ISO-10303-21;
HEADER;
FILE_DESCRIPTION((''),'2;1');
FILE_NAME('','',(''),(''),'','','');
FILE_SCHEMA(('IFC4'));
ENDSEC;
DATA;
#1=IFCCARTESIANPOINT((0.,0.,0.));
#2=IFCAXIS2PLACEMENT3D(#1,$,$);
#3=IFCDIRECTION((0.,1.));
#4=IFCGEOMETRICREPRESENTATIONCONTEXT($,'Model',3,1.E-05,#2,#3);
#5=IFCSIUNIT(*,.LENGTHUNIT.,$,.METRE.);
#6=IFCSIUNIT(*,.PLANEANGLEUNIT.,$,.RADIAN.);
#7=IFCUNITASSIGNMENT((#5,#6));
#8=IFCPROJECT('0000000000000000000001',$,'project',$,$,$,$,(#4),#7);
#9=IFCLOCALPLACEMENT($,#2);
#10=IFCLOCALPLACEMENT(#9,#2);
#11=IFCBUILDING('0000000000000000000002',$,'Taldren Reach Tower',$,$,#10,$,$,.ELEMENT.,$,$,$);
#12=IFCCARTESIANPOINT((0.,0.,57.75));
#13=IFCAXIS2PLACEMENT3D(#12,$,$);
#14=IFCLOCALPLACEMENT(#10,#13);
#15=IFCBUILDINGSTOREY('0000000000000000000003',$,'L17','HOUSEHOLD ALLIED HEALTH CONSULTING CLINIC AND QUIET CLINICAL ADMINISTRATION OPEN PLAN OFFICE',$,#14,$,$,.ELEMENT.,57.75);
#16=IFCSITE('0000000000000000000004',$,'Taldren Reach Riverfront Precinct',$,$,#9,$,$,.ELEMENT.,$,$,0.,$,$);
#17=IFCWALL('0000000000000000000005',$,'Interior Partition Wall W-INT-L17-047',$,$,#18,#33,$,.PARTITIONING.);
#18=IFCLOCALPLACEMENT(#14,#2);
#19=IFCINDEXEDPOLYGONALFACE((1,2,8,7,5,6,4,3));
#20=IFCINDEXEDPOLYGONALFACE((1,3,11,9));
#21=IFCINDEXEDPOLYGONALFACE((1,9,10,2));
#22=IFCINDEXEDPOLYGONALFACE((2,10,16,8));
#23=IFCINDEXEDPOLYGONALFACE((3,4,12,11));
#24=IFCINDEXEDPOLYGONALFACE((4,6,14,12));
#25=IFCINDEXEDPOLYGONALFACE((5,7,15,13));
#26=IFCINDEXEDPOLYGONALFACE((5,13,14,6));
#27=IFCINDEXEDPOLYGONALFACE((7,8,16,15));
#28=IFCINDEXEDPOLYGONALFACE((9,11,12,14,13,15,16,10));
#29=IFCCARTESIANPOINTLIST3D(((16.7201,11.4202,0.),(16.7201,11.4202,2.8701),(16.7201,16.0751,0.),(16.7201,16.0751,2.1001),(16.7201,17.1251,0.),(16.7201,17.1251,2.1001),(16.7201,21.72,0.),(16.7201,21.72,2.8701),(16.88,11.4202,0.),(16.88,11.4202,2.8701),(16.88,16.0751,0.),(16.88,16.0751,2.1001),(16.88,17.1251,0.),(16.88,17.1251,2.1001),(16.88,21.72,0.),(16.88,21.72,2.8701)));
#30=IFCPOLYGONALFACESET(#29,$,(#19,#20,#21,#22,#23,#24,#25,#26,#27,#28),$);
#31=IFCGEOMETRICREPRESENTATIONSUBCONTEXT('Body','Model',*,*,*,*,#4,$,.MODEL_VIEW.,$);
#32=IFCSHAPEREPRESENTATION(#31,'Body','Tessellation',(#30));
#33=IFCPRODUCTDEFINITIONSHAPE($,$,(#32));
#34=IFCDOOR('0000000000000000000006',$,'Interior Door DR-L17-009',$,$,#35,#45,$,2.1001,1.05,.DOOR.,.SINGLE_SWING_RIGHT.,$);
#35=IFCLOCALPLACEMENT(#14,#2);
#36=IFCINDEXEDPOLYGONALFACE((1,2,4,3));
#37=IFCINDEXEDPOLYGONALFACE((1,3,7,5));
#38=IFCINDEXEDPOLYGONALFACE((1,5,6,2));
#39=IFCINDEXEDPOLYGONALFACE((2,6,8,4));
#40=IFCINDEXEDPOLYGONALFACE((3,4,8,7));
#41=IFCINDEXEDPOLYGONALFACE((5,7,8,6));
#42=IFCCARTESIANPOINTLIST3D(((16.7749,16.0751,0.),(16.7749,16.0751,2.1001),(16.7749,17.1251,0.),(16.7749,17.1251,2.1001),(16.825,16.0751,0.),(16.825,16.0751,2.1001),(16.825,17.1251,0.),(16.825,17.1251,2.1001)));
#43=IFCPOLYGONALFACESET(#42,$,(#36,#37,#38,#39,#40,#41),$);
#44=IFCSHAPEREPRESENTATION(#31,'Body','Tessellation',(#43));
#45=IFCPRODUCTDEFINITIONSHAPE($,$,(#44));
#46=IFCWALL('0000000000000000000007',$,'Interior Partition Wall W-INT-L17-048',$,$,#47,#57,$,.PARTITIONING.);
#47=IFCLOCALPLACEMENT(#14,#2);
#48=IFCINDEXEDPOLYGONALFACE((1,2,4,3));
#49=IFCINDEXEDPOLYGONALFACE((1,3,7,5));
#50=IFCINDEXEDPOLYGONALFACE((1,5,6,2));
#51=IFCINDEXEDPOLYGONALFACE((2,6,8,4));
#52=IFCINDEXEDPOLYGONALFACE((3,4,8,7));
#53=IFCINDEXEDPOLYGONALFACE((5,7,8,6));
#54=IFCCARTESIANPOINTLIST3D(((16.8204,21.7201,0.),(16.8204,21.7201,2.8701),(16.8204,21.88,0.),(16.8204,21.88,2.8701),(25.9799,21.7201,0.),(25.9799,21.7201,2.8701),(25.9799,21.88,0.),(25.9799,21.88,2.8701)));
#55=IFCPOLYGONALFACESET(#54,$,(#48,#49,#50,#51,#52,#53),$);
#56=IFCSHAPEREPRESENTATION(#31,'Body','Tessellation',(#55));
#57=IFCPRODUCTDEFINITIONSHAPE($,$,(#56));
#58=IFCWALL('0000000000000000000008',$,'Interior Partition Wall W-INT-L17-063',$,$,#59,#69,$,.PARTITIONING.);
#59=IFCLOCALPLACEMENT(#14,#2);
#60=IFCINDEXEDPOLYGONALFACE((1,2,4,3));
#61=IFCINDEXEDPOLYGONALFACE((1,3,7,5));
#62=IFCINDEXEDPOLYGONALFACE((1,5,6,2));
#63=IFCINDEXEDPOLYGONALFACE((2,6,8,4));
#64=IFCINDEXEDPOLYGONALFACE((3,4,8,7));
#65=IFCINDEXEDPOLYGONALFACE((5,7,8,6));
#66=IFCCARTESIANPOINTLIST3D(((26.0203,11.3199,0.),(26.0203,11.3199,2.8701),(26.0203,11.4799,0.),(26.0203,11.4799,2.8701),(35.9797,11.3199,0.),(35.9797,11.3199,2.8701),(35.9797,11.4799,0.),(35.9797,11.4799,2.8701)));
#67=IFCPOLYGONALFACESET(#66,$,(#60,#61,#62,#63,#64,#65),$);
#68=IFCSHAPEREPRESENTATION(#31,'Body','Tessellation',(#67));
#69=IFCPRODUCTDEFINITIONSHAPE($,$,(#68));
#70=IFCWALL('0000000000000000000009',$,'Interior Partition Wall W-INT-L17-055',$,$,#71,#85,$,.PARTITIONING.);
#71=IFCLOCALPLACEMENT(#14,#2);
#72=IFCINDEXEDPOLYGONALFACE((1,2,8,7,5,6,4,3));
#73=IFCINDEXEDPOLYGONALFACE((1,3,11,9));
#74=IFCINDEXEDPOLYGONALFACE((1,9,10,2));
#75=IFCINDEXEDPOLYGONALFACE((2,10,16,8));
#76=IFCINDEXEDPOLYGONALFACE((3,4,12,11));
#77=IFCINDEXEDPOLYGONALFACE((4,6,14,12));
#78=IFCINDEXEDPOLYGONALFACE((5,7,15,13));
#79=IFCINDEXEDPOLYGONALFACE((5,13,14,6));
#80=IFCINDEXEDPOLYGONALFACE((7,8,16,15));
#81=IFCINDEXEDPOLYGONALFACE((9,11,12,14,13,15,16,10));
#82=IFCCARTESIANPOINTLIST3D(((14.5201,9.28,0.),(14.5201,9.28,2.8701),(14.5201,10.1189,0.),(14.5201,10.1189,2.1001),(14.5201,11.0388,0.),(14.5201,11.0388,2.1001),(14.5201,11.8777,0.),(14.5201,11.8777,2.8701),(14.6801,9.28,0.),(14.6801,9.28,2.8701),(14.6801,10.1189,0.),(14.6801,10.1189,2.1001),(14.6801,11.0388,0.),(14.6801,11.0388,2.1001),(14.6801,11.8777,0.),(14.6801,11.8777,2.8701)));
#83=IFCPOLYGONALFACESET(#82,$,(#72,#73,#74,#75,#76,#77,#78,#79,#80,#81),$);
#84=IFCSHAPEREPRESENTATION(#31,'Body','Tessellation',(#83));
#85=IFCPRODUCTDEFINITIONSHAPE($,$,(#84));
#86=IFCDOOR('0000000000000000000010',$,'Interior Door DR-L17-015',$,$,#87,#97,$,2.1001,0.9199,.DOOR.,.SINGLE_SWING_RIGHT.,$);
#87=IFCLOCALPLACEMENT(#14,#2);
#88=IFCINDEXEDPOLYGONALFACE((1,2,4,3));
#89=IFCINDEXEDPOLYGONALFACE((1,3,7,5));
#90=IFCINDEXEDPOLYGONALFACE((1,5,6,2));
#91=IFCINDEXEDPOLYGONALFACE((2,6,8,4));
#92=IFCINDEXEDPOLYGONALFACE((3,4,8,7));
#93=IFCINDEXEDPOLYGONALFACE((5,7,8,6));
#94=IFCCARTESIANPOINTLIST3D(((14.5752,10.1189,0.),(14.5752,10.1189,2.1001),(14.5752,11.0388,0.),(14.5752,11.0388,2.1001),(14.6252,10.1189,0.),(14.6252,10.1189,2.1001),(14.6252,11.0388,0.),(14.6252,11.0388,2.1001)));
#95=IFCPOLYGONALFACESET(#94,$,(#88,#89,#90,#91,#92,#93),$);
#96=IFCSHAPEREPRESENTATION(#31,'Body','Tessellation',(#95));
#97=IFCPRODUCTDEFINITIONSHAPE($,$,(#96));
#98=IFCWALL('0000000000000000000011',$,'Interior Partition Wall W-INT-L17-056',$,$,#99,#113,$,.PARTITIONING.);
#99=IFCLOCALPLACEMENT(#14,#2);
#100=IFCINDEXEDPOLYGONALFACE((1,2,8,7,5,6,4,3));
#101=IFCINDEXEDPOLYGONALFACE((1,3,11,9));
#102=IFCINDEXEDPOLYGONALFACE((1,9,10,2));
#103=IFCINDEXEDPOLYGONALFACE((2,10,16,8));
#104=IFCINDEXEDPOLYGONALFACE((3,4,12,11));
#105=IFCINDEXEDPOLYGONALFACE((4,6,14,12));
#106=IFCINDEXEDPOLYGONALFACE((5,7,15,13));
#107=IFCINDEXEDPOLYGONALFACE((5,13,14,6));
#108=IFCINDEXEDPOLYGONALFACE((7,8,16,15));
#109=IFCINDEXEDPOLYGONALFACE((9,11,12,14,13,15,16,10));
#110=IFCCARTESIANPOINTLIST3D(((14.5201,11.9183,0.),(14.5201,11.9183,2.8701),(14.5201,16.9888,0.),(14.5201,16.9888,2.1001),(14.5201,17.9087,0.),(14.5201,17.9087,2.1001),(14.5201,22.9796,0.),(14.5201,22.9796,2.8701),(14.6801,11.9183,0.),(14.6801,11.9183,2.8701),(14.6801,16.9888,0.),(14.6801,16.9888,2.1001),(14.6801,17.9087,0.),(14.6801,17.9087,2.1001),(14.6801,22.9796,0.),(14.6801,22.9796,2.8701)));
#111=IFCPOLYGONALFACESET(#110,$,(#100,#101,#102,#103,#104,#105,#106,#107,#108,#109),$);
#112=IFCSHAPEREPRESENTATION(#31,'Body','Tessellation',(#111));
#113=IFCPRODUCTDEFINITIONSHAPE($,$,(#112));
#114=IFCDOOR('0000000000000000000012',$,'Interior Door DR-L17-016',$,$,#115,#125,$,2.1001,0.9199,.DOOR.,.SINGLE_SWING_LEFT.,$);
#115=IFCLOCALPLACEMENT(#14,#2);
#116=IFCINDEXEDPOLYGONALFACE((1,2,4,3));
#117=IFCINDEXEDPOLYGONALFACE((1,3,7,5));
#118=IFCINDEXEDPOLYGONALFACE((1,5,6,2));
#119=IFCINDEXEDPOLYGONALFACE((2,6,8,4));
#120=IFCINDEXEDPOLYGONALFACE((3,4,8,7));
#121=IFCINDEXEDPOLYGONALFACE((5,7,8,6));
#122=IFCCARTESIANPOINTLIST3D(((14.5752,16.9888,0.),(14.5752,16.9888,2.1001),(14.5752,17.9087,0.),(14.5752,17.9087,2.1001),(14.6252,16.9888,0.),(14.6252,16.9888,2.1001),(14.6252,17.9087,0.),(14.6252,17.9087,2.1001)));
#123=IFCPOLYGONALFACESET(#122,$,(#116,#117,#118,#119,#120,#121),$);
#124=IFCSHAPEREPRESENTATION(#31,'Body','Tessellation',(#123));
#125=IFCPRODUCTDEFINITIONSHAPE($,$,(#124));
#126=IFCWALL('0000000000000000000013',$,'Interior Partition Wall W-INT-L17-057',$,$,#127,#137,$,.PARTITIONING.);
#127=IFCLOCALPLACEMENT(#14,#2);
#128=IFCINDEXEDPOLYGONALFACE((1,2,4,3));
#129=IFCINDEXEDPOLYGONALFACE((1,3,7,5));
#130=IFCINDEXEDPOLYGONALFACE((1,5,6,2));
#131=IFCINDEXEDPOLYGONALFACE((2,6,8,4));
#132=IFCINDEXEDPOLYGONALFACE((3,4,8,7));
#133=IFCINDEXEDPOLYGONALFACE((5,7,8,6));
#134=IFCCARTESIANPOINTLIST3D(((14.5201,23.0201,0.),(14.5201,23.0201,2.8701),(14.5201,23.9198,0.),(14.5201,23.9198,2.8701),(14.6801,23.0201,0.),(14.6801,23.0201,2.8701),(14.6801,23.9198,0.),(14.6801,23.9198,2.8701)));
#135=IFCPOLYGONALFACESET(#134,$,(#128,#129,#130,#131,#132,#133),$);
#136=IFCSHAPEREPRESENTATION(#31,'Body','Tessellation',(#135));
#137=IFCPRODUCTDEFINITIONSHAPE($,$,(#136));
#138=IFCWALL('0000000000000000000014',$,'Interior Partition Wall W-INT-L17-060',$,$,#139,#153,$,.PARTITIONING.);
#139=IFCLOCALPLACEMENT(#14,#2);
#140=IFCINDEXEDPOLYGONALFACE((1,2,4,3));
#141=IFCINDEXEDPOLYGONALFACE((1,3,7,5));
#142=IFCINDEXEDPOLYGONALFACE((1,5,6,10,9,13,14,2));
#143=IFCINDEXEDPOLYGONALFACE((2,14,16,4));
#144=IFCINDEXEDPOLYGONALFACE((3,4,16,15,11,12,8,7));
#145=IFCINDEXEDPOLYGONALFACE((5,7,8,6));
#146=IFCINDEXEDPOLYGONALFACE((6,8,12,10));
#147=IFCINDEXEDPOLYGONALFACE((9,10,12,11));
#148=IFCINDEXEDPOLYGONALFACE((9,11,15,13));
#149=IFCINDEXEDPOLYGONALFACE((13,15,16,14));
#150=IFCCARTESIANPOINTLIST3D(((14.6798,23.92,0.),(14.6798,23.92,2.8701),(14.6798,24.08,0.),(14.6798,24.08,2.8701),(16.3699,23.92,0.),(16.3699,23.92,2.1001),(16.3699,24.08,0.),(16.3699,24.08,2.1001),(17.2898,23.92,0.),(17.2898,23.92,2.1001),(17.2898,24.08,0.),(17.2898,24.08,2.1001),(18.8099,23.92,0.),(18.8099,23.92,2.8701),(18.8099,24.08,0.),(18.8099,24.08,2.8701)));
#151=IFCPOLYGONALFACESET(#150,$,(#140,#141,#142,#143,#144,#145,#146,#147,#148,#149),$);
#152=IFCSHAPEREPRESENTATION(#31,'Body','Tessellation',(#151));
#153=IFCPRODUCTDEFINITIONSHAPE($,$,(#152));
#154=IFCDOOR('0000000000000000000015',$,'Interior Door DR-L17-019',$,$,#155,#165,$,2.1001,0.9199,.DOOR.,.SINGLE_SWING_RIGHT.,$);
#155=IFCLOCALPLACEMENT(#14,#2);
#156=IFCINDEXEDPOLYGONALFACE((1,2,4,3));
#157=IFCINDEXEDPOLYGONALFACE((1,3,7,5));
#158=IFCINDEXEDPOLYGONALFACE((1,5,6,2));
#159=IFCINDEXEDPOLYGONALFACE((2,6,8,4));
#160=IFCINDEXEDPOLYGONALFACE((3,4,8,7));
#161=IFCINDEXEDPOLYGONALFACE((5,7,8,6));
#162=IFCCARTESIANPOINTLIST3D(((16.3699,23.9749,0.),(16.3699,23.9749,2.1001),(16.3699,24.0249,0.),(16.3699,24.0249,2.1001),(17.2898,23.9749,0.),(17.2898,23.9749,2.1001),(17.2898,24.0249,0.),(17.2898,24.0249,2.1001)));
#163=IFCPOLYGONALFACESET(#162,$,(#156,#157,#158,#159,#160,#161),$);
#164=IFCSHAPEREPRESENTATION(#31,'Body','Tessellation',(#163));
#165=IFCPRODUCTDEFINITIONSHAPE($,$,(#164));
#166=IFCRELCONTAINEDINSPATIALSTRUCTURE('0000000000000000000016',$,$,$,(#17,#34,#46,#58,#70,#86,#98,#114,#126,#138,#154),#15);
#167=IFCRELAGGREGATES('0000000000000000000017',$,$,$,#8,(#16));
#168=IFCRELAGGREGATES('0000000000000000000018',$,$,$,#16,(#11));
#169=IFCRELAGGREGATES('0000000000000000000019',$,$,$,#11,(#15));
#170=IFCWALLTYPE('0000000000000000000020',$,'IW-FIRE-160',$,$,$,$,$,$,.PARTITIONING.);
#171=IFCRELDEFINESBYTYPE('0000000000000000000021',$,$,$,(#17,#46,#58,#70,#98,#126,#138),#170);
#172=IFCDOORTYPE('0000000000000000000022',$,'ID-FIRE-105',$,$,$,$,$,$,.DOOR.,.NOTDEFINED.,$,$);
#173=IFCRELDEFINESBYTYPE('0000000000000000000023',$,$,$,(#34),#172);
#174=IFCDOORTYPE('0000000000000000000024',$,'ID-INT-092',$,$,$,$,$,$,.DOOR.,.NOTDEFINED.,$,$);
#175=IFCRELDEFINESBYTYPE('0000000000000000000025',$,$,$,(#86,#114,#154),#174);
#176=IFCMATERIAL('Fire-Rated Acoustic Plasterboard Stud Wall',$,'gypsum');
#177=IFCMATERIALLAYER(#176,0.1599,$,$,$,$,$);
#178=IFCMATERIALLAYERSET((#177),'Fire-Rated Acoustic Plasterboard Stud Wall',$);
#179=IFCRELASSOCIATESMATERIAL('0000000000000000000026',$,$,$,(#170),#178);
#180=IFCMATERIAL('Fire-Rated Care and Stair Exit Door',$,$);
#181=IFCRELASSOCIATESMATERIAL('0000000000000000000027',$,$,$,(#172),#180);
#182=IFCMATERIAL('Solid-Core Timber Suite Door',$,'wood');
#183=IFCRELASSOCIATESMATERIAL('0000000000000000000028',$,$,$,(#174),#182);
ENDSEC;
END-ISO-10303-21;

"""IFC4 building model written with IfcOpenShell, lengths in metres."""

from ifc_helpers import new_model, si_unit, direction, frame, frame_2d, origin, place, context, subcontext, project, spatial, rectangle, extrude, source, transform, mapped, material, layer, layer_set, type_object, element, fill, save


model = new_model("IFC4")

# Units and contexts
model_context = context("Model", 3, precision=1e-05, world=origin(), true_north=direction((0.0, 1.0)))
body_context = subcontext(model_context, "Body", "Model", "MODEL_VIEW")
ifc_project = project(units=[si_unit("LENGTHUNIT", "METRE"), si_unit("PLANEANGLEUNIT", "RADIAN")], contexts=[model_context])

# Site, building, storey
site_placement = place(None, origin())
site = spatial("IfcSite", under=ifc_project, at=site_placement, Name="Taldren Reach Riverfront Precinct", CompositionType="ELEMENT", RefElevation=0.0)
building_placement = place(site_placement, origin())
building = spatial("IfcBuilding", under=site, at=building_placement, Name="Taldren Reach Tower", CompositionType="ELEMENT")
storey_placement = place(building_placement, frame((0.0, 0.0, 57.75)))
storey = spatial("IfcBuildingStorey", under=building, at=storey_placement, Name="L17", Description="HOUSEHOLD ALLIED HEALTH CONSULTING CLINIC AND QUIET CLINICAL ADMINISTRATION OPEN PLAN OFFICE", CompositionType="ELEMENT", Elevation=57.75)

# Wall, opening, door
ifc_material_1 = material(Name="Fire-Rated Acoustic Plasterboard Stud Wall", Category="gypsum")
ifc_layer_1 = layer(ifc_material_1, 0.1599)
ifc_layer_set_1 = layer_set([ifc_layer_1], Name="Fire-Rated Acoustic Plasterboard Stud Wall")
wall_type_1 = type_object("IfcWallType", Name="IW-FIRE-160", PredefinedType="PARTITIONING", material=ifc_layer_set_1)
shared_shape_1 = source(origin(), body_context, "Body", "SweptSolid", [
    extrude(rectangle(XDim=10.2998, YDim=0.1599, at=frame_2d((5.1499, 0.0))), origin(), (0.0, 0.0, 1.0), 2.8701),
])
wall_1_placement = place(storey_placement, frame((16.8, 21.72, 0.0), z_axis=(0.0, 0.0, 1.0), x_axis=(0.0, -1.0, 0.0)))
wall_1 = element("IfcWall", 1, at=wall_1_placement, inside=storey, type_object=wall_type_1, Name="Interior Partition Wall W-INT-L17-047", PredefinedType="PARTITIONING", context=body_context, shape_type="MappedRepresentation", body=[
    mapped(shared_shape_1, transform((0.0, 0.0, 0.0), scale=1.0)),
])
shared_shape_2 = source(origin(), body_context, "Body", "SweptSolid", [
    extrude(rectangle(XDim=1.05, YDim=2.1001, at=frame_2d((0.5249, 1.05))), frame((0.0, 0.0898, 0.0), z_axis=(0.0, -1.0, 0.0), x_axis=(1.0, 0.0, 0.0)), (0.0, 0.0, 1.0), 0.1799),
])
opening_1_placement = place(wall_1_placement, frame((4.595, 0.0, 0.0)))
opening_1 = element("IfcOpeningElement", 2, at=opening_1_placement, cuts=wall_1, PredefinedType="OPENING", context=body_context, shape_type="MappedRepresentation", body=[
    mapped(shared_shape_2, transform((0.0, 0.0, 0.0), scale=1.0)),
])
ifc_material_2 = material(Name="Fire-Rated Care and Stair Exit Door")
door_type_1 = type_object("IfcDoorType", Name="ID-FIRE-105", OperationType="NOTDEFINED", PredefinedType="DOOR", material=ifc_material_2)
shared_shape_3 = source(origin(), body_context, "Body", "SweptSolid", [
    extrude(rectangle(XDim=1.05, YDim=2.1001, at=frame_2d((0.5249, 1.05))), frame((0.0, 0.0249, 0.0), z_axis=(0.0, -1.0, 0.0), x_axis=(1.0, 0.0, 0.0)), (0.0, 0.0, 1.0), 0.05),
])
door_1_placement = place(opening_1_placement, origin())
door_1 = element("IfcDoor", 3, at=door_1_placement, inside=storey, type_object=door_type_1, Name="Interior Door DR-L17-009", OperationType="SINGLE_SWING_RIGHT", OverallHeight=2.1001, OverallWidth=1.05, PredefinedType="DOOR", context=body_context, shape_type="MappedRepresentation", body=[
    mapped(shared_shape_3, transform((0.0, 0.0, 0.0), scale=1.0)),
])
fill(opening_1, door_1)

# Walls
shared_shape_4 = source(origin(), body_context, "Body", "SweptSolid", [
    extrude(rectangle(XDim=9.1594, YDim=0.1599, at=frame_2d((4.5796, 0.0))), origin(), (0.0, 0.0, 1.0), 2.8701),
])
wall_2_placement = place(storey_placement, frame((25.9797, 21.8, 0.0), z_axis=(0.0, 0.0, 1.0), x_axis=(-1.0, 0.0, 0.0)))
element("IfcWall", 4, at=wall_2_placement, inside=storey, type_object=wall_type_1, Name="Interior Partition Wall W-INT-L17-048", PredefinedType="PARTITIONING", context=body_context, shape_type="MappedRepresentation", body=[
    mapped(shared_shape_4, transform((0.0, 0.0, 0.0), scale=1.0)),
])
shared_shape_5 = source(origin(), body_context, "Body", "SweptSolid", [
    extrude(rectangle(XDim=9.9595, YDim=0.1599, at=frame_2d((4.9797, 0.0))), origin(), (0.0, 0.0, 1.0), 2.8701),
])
wall_3_placement = place(storey_placement, frame((26.0203, 11.3999, 0.0), z_axis=(0.0, 0.0, 1.0), x_axis=(1.0, 0.0, 0.0)))
element("IfcWall", 5, at=wall_3_placement, inside=storey, type_object=wall_type_1, Name="Interior Partition Wall W-INT-L17-063", PredefinedType="PARTITIONING", context=body_context, shape_type="MappedRepresentation", body=[
    mapped(shared_shape_5, transform((0.0, 0.0, 0.0), scale=1.0)),
])

# Walls, openings, doors
shared_shape_6 = source(origin(), body_context, "Body", "SweptSolid", [
    extrude(rectangle(XDim=2.5977, YDim=0.1599, at=frame_2d((1.2988, 0.0))), origin(), (0.0, 0.0, 1.0), 2.8701),
])
wall_4_placement = place(storey_placement, frame((14.6001, 9.28, 0.0), z_axis=(0.0, 0.0, 1.0), x_axis=(0.0, 1.0, 0.0)))
wall_4 = element("IfcWall", 6, at=wall_4_placement, inside=storey, type_object=wall_type_1, Name="Interior Partition Wall W-INT-L17-055", PredefinedType="PARTITIONING", context=body_context, shape_type="MappedRepresentation", body=[
    mapped(shared_shape_6, transform((0.0, 0.0, 0.0), scale=1.0)),
])
shared_shape_7 = source(origin(), body_context, "Body", "SweptSolid", [
    extrude(rectangle(XDim=0.9199, YDim=2.1001, at=frame_2d((0.46, 1.05))), frame((0.0, 0.0898, 0.0), z_axis=(0.0, -1.0, 0.0), x_axis=(1.0, 0.0, 0.0)), (0.0, 0.0, 1.0), 0.1799),
])
opening_2_placement = place(wall_4_placement, frame((0.8389, 0.0, 0.0)))
opening_2 = element("IfcOpeningElement", 7, at=opening_2_placement, cuts=wall_4, PredefinedType="OPENING", context=body_context, shape_type="MappedRepresentation", body=[
    mapped(shared_shape_7, transform((0.0, 0.0, 0.0), scale=1.0)),
])
ifc_material_3 = material(Name="Solid-Core Timber Suite Door", Category="wood")
door_type_2 = type_object("IfcDoorType", Name="ID-INT-092", OperationType="NOTDEFINED", PredefinedType="DOOR", material=ifc_material_3)
shared_shape_8 = source(origin(), body_context, "Body", "SweptSolid", [
    extrude(rectangle(XDim=0.9199, YDim=2.1001, at=frame_2d((0.46, 1.05))), frame((0.0, 0.0249, 0.0), z_axis=(0.0, -1.0, 0.0), x_axis=(1.0, 0.0, 0.0)), (0.0, 0.0, 1.0), 0.05),
])
door_2_placement = place(opening_2_placement, origin())
door_2 = element("IfcDoor", 8, at=door_2_placement, inside=storey, type_object=door_type_2, Name="Interior Door DR-L17-015", OperationType="SINGLE_SWING_RIGHT", OverallHeight=2.1001, OverallWidth=0.9199, PredefinedType="DOOR", context=body_context, shape_type="MappedRepresentation", body=[
    mapped(shared_shape_8, transform((0.0, 0.0, 0.0), scale=1.0)),
])
fill(opening_2, door_2)
shared_shape_9 = source(origin(), body_context, "Body", "SweptSolid", [
    extrude(rectangle(XDim=11.0613, YDim=0.1599, at=frame_2d((5.5308, 0.0))), origin(), (0.0, 0.0, 1.0), 2.8701),
])
wall_5_placement = place(storey_placement, frame((14.6001, 11.9182, 0.0), z_axis=(0.0, 0.0, 1.0), x_axis=(0.0, 1.0, 0.0)))
wall_5 = element("IfcWall", 9, at=wall_5_placement, inside=storey, type_object=wall_type_1, Name="Interior Partition Wall W-INT-L17-056", PredefinedType="PARTITIONING", context=body_context, shape_type="MappedRepresentation", body=[
    mapped(shared_shape_9, transform((0.0, 0.0, 0.0), scale=1.0)),
])
opening_3_placement = place(wall_5_placement, frame((5.0706, 0.0, 0.0)))
opening_3 = element("IfcOpeningElement", 10, at=opening_3_placement, cuts=wall_5, PredefinedType="OPENING", context=body_context, shape_type="MappedRepresentation", body=[
    mapped(shared_shape_7, transform((0.0, 0.0, 0.0), scale=1.0)),
])
door_3_placement = place(opening_3_placement, origin())
door_3 = element("IfcDoor", 11, at=door_3_placement, inside=storey, type_object=door_type_2, Name="Interior Door DR-L17-016", OperationType="SINGLE_SWING_LEFT", OverallHeight=2.1001, OverallWidth=0.9199, PredefinedType="DOOR", context=body_context, shape_type="MappedRepresentation", body=[
    mapped(shared_shape_8, transform((0.0, 0.0, 0.0), scale=1.0)),
])
fill(opening_3, door_3)

# Wall
shared_shape_10 = source(origin(), body_context, "Body", "SweptSolid", [
    extrude(rectangle(XDim=0.8997, YDim=0.1599, at=frame_2d((0.4497, 0.0))), origin(), (0.0, 0.0, 1.0), 2.8701),
])
wall_6_placement = place(storey_placement, frame((14.6001, 23.0203, 0.0), z_axis=(0.0, 0.0, 1.0), x_axis=(0.0, 1.0, 0.0)))
element("IfcWall", 12, at=wall_6_placement, inside=storey, type_object=wall_type_1, Name="Interior Partition Wall W-INT-L17-057", PredefinedType="PARTITIONING", context=body_context, shape_type="MappedRepresentation", body=[
    mapped(shared_shape_10, transform((0.0, 0.0, 0.0), scale=1.0)),
])

# Wall, opening, door
shared_shape_11 = source(origin(), body_context, "Body", "SweptSolid", [
    extrude(rectangle(XDim=4.1301, YDim=0.1599, at=frame_2d((2.0649, 0.0))), origin(), (0.0, 0.0, 1.0), 2.8701),
])
wall_7_placement = place(storey_placement, frame((14.6799, 24.0, 0.0), z_axis=(0.0, 0.0, 1.0), x_axis=(1.0, 0.0, 0.0)))
wall_7 = element("IfcWall", 13, at=wall_7_placement, inside=storey, type_object=wall_type_1, Name="Interior Partition Wall W-INT-L17-060", PredefinedType="PARTITIONING", context=body_context, shape_type="MappedRepresentation", body=[
    mapped(shared_shape_11, transform((0.0, 0.0, 0.0), scale=1.0)),
])
opening_4_placement = place(wall_7_placement, frame((1.6899, 0.0, 0.0)))
opening_4 = element("IfcOpeningElement", 14, at=opening_4_placement, cuts=wall_7, PredefinedType="OPENING", context=body_context, shape_type="MappedRepresentation", body=[
    mapped(shared_shape_7, transform((0.0, 0.0, 0.0), scale=1.0)),
])
door_4_placement = place(opening_4_placement, origin())
door_4 = element("IfcDoor", 15, at=door_4_placement, inside=storey, type_object=door_type_2, Name="Interior Door DR-L17-019", OperationType="SINGLE_SWING_RIGHT", OverallHeight=2.1001, OverallWidth=0.9199, PredefinedType="DOOR", context=body_context, shape_type="MappedRepresentation", body=[
    mapped(shared_shape_8, transform((0.0, 0.0, 0.0), scale=1.0)),
])
fill(opening_4, door_4)

save(model, "model.ifc")
